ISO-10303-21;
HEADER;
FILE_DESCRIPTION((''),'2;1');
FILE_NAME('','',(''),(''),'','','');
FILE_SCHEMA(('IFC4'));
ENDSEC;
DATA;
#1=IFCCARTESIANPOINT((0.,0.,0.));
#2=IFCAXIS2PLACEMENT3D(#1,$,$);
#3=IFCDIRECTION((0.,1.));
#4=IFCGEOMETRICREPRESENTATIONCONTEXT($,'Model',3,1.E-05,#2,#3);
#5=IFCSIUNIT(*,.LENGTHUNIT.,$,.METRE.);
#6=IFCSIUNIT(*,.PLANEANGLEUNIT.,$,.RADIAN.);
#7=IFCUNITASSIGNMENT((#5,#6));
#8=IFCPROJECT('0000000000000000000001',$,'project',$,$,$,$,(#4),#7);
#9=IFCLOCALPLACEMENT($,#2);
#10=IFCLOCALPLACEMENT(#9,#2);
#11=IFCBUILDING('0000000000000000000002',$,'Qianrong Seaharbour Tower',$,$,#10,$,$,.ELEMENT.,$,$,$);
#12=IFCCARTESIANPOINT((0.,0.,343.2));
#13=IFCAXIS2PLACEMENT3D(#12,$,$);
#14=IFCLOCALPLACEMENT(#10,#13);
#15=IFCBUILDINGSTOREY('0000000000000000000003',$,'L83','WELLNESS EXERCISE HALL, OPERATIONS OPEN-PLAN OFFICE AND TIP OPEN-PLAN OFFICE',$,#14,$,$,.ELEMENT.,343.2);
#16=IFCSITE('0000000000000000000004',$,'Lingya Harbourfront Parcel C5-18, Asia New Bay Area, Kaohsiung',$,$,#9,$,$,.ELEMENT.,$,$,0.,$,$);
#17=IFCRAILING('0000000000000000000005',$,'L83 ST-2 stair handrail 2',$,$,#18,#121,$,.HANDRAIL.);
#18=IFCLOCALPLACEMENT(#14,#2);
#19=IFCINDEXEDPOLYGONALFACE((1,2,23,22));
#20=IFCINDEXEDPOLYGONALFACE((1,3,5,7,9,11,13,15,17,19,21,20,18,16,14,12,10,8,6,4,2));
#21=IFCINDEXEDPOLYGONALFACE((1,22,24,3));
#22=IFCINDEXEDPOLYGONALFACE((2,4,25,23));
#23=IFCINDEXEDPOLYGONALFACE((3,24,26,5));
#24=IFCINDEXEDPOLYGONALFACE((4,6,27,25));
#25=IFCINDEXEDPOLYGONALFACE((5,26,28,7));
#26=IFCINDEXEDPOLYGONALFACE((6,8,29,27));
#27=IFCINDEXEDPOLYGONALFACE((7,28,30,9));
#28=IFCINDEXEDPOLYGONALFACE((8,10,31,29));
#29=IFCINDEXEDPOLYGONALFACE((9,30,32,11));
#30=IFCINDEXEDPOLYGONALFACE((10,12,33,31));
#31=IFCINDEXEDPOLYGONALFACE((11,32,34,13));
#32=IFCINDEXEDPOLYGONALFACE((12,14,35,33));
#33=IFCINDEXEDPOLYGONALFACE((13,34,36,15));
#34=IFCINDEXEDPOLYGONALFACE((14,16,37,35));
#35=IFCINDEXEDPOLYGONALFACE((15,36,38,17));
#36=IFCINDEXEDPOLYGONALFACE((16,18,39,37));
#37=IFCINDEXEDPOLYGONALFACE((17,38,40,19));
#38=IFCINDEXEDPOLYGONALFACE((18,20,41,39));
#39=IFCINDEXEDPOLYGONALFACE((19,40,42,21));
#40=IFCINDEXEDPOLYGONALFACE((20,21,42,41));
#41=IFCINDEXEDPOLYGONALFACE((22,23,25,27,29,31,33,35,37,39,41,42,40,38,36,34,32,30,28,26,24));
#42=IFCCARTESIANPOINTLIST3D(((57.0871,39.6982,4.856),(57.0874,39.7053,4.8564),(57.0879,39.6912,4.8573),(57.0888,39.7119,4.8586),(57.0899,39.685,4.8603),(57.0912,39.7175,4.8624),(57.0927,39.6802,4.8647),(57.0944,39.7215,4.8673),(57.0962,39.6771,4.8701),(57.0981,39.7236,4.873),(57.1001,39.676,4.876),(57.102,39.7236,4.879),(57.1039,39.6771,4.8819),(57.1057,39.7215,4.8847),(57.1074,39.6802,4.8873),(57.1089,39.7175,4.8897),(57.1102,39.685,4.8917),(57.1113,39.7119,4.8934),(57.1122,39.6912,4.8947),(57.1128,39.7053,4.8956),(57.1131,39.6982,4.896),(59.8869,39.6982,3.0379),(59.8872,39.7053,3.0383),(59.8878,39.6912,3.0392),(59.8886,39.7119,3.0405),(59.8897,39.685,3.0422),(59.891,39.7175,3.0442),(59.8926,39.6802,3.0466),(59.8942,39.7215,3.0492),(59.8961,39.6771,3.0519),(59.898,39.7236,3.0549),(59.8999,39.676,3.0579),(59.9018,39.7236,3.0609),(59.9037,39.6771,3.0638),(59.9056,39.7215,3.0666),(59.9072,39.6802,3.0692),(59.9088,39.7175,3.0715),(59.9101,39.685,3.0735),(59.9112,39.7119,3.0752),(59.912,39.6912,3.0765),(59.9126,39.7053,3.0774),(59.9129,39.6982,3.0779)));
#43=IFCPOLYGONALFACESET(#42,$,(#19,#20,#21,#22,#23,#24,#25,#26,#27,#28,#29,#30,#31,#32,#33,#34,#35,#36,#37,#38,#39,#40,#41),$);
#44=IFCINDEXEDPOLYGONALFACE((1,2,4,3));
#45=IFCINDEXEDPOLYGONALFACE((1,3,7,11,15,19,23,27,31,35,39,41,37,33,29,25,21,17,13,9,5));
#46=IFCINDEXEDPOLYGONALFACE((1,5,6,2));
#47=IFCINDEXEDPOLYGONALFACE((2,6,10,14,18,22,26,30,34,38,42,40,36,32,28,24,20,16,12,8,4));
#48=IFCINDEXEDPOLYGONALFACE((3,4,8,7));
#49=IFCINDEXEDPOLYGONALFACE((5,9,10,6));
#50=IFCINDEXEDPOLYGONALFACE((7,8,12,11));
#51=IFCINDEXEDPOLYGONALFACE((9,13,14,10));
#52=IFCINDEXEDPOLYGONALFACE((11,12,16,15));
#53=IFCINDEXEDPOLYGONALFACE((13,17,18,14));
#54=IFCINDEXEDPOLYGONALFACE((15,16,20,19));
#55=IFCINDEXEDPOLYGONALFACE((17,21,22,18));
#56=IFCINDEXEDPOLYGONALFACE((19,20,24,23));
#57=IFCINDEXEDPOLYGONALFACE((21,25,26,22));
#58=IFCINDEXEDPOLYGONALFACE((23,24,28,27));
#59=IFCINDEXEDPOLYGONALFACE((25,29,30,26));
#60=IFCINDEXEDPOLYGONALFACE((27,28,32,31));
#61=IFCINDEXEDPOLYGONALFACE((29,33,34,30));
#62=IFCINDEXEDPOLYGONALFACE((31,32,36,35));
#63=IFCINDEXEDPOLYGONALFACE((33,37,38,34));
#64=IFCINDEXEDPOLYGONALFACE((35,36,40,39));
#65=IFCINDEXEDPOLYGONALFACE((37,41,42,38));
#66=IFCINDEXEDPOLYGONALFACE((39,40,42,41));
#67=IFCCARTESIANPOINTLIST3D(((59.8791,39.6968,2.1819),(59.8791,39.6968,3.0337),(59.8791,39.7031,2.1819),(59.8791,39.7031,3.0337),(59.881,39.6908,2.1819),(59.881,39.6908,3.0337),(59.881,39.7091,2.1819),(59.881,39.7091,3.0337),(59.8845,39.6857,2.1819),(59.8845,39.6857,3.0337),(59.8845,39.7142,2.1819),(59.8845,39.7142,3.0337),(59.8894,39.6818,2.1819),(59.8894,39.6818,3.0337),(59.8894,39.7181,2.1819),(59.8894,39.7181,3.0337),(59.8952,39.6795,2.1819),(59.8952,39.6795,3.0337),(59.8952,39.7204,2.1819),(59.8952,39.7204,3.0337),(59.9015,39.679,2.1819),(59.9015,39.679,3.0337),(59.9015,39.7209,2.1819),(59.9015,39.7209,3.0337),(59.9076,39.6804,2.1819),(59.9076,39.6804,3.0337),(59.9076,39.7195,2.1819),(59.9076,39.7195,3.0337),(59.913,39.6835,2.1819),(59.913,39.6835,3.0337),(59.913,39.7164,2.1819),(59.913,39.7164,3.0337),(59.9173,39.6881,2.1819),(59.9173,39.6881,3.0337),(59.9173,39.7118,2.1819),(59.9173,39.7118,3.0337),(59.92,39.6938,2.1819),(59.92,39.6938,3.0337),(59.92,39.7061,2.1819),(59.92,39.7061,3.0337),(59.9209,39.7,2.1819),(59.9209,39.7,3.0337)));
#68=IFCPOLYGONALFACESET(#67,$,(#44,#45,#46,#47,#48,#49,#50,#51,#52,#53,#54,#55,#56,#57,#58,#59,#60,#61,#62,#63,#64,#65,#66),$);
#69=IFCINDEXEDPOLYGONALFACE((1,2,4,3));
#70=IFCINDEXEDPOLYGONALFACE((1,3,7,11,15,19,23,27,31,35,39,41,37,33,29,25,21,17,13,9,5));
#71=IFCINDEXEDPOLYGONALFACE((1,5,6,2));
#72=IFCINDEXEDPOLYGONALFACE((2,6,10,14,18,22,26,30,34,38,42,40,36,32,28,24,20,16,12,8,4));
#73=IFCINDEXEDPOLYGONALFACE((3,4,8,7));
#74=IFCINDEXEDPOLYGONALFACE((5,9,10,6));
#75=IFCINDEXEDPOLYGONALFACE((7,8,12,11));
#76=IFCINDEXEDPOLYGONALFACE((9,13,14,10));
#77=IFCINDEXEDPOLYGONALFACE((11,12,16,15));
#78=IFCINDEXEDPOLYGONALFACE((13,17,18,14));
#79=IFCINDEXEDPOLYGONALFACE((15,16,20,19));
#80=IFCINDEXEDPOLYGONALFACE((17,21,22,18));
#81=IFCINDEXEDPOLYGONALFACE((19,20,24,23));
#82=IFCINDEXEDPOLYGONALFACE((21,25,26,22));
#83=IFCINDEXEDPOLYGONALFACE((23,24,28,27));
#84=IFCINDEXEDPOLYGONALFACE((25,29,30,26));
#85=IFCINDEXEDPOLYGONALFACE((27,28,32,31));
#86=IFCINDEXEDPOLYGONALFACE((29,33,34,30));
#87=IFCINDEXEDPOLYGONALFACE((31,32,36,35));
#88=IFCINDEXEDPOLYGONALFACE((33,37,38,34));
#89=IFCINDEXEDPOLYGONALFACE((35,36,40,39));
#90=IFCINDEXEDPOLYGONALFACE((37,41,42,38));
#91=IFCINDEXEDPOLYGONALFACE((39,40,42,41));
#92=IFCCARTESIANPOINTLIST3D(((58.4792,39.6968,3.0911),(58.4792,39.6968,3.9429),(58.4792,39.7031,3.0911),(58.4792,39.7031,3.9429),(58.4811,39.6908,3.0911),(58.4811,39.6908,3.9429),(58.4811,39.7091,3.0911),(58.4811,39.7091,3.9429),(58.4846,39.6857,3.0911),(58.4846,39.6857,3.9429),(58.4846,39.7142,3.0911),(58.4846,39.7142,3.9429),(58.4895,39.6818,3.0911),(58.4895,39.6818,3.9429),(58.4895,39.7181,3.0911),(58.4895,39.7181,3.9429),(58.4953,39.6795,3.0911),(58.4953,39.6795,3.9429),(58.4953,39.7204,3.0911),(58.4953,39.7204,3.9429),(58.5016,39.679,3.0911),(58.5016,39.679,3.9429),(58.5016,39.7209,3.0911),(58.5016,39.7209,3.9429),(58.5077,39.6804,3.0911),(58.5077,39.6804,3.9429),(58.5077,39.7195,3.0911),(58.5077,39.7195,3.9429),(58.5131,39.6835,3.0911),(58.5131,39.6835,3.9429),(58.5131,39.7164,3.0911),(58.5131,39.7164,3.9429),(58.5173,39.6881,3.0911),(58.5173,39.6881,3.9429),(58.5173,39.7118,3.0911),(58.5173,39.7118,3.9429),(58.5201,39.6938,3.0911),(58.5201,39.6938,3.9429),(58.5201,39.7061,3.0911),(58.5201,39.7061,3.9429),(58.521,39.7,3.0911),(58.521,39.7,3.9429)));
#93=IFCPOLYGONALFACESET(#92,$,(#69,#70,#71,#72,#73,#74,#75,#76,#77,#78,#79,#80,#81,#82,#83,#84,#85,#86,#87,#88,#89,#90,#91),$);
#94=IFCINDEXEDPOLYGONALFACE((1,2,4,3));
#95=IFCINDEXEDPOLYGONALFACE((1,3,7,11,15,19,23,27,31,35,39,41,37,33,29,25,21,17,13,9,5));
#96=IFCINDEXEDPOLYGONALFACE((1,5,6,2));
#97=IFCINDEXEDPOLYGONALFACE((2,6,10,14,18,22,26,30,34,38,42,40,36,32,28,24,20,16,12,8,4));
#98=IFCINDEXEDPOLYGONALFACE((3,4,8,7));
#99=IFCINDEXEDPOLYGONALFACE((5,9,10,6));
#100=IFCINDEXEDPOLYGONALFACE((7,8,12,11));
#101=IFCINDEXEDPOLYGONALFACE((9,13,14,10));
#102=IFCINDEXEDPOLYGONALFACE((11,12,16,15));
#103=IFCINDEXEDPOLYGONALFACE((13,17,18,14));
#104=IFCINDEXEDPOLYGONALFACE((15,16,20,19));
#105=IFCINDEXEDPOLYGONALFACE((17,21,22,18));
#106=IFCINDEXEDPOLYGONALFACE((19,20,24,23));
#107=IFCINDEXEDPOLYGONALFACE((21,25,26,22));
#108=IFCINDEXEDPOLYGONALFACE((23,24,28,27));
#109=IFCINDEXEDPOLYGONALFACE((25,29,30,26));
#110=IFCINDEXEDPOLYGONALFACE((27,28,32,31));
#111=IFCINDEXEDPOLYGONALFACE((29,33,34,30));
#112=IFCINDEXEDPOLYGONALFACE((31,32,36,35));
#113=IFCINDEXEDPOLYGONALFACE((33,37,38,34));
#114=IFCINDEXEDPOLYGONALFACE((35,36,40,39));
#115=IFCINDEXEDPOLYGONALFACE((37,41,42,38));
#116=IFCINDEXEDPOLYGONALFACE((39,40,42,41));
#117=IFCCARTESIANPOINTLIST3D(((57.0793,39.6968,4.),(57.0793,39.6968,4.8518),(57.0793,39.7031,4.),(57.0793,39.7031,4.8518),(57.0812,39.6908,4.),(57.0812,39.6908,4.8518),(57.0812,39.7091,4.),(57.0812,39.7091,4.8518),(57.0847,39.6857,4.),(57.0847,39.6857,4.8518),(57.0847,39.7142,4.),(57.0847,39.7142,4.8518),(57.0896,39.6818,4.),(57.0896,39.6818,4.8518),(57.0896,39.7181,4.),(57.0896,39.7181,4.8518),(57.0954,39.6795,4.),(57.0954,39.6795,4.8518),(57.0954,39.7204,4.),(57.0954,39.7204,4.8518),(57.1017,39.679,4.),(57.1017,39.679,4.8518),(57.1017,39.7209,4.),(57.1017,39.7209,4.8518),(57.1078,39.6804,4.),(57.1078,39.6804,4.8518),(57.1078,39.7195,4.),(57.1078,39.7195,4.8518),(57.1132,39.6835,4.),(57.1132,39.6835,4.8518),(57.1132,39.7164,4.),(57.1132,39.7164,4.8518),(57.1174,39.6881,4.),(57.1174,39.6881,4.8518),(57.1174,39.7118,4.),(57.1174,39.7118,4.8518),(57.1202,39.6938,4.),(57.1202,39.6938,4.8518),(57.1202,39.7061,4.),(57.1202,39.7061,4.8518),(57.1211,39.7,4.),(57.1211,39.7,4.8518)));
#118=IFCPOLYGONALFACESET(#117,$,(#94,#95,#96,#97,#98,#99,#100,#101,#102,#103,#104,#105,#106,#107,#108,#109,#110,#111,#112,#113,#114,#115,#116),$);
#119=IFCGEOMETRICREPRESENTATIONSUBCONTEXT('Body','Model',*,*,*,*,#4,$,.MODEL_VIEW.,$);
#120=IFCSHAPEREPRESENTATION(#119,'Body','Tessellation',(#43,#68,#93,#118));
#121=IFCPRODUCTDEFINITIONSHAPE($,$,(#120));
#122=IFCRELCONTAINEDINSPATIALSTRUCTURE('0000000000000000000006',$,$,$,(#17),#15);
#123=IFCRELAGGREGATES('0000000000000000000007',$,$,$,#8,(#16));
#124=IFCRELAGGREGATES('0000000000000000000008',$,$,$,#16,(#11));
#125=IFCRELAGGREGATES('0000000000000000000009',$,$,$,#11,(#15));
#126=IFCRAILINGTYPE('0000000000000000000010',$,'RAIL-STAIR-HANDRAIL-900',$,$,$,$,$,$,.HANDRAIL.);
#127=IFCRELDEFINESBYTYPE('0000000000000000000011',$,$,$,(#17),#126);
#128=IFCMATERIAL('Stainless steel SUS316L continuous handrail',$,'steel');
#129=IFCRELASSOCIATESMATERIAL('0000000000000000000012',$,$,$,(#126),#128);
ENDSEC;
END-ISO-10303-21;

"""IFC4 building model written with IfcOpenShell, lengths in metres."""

from ifc_helpers import new_model, si_unit, direction, frame, origin, origin_2d, place, context, subcontext, project, spatial, circle, extrude, material, type_object, element, save


model = new_model("IFC4")

# Units and contexts
model_context = context("Model", 3, precision=1e-05, world=origin(), true_north=direction((0.0, 1.0)))
body_context = subcontext(model_context, "Body", "Model", "MODEL_VIEW")
ifc_project = project(units=[si_unit("LENGTHUNIT", "METRE"), si_unit("PLANEANGLEUNIT", "RADIAN")], contexts=[model_context])

# Site, building, storey
site_placement = place(None, origin())
site = spatial("IfcSite", under=ifc_project, at=site_placement, Name="Lingya Harbourfront Parcel C5-18, Asia New Bay Area, Kaohsiung", CompositionType="ELEMENT", RefElevation=0.0)
building_placement = place(site_placement, origin())
building = spatial("IfcBuilding", under=site, at=building_placement, Name="Qianrong Seaharbour Tower", CompositionType="ELEMENT")
storey_placement = place(building_placement, frame((0.0, 0.0, 343.2)))
storey = spatial("IfcBuildingStorey", under=building, at=storey_placement, Name="L83", Description="WELLNESS EXERCISE HALL, OPERATIONS OPEN-PLAN OFFICE AND TIP OPEN-PLAN OFFICE", CompositionType="ELEMENT", Elevation=343.2)

# Railing
ifc_material_1 = material(Name="Stainless steel SUS316L continuous handrail", Category="steel")
railing_type_1 = type_object("IfcRailingType", Name="RAIL-STAIR-HANDRAIL-900", PredefinedType="HANDRAIL", material=ifc_material_1)
railing_1_placement = place(storey_placement, frame((59.8999, 39.7, 2.1819)))
element("IfcRailing", 1, at=railing_1_placement, inside=storey, type_object=railing_type_1, Name="L83 ST-2 stair handrail 2", PredefinedType="HANDRAIL", context=body_context, shape_type="SweptSolid", body=[
    extrude(circle(Radius=0.0239, at=origin_2d()), frame((0.0, 0.0, 0.876), z_axis=(-0.838684, 0.0, 0.544618), x_axis=(0.0, -1.0, 0.0)), (0.0, 0.0, 1.0), 3.3384),
    extrude(circle(Radius=0.021, at=origin_2d()), origin(), (0.0, 0.0, 1.0), 0.8518),
    extrude(circle(Radius=0.021, at=origin_2d()), frame((-1.3999, 0.0, 0.9092)), (0.0, 0.0, 1.0), 0.8518),
    extrude(circle(Radius=0.021, at=origin_2d()), frame((-2.7998, 0.0, 1.8181)), (0.0, 0.0, 1.0), 0.8518),
])

save(model, "model.ifc")
